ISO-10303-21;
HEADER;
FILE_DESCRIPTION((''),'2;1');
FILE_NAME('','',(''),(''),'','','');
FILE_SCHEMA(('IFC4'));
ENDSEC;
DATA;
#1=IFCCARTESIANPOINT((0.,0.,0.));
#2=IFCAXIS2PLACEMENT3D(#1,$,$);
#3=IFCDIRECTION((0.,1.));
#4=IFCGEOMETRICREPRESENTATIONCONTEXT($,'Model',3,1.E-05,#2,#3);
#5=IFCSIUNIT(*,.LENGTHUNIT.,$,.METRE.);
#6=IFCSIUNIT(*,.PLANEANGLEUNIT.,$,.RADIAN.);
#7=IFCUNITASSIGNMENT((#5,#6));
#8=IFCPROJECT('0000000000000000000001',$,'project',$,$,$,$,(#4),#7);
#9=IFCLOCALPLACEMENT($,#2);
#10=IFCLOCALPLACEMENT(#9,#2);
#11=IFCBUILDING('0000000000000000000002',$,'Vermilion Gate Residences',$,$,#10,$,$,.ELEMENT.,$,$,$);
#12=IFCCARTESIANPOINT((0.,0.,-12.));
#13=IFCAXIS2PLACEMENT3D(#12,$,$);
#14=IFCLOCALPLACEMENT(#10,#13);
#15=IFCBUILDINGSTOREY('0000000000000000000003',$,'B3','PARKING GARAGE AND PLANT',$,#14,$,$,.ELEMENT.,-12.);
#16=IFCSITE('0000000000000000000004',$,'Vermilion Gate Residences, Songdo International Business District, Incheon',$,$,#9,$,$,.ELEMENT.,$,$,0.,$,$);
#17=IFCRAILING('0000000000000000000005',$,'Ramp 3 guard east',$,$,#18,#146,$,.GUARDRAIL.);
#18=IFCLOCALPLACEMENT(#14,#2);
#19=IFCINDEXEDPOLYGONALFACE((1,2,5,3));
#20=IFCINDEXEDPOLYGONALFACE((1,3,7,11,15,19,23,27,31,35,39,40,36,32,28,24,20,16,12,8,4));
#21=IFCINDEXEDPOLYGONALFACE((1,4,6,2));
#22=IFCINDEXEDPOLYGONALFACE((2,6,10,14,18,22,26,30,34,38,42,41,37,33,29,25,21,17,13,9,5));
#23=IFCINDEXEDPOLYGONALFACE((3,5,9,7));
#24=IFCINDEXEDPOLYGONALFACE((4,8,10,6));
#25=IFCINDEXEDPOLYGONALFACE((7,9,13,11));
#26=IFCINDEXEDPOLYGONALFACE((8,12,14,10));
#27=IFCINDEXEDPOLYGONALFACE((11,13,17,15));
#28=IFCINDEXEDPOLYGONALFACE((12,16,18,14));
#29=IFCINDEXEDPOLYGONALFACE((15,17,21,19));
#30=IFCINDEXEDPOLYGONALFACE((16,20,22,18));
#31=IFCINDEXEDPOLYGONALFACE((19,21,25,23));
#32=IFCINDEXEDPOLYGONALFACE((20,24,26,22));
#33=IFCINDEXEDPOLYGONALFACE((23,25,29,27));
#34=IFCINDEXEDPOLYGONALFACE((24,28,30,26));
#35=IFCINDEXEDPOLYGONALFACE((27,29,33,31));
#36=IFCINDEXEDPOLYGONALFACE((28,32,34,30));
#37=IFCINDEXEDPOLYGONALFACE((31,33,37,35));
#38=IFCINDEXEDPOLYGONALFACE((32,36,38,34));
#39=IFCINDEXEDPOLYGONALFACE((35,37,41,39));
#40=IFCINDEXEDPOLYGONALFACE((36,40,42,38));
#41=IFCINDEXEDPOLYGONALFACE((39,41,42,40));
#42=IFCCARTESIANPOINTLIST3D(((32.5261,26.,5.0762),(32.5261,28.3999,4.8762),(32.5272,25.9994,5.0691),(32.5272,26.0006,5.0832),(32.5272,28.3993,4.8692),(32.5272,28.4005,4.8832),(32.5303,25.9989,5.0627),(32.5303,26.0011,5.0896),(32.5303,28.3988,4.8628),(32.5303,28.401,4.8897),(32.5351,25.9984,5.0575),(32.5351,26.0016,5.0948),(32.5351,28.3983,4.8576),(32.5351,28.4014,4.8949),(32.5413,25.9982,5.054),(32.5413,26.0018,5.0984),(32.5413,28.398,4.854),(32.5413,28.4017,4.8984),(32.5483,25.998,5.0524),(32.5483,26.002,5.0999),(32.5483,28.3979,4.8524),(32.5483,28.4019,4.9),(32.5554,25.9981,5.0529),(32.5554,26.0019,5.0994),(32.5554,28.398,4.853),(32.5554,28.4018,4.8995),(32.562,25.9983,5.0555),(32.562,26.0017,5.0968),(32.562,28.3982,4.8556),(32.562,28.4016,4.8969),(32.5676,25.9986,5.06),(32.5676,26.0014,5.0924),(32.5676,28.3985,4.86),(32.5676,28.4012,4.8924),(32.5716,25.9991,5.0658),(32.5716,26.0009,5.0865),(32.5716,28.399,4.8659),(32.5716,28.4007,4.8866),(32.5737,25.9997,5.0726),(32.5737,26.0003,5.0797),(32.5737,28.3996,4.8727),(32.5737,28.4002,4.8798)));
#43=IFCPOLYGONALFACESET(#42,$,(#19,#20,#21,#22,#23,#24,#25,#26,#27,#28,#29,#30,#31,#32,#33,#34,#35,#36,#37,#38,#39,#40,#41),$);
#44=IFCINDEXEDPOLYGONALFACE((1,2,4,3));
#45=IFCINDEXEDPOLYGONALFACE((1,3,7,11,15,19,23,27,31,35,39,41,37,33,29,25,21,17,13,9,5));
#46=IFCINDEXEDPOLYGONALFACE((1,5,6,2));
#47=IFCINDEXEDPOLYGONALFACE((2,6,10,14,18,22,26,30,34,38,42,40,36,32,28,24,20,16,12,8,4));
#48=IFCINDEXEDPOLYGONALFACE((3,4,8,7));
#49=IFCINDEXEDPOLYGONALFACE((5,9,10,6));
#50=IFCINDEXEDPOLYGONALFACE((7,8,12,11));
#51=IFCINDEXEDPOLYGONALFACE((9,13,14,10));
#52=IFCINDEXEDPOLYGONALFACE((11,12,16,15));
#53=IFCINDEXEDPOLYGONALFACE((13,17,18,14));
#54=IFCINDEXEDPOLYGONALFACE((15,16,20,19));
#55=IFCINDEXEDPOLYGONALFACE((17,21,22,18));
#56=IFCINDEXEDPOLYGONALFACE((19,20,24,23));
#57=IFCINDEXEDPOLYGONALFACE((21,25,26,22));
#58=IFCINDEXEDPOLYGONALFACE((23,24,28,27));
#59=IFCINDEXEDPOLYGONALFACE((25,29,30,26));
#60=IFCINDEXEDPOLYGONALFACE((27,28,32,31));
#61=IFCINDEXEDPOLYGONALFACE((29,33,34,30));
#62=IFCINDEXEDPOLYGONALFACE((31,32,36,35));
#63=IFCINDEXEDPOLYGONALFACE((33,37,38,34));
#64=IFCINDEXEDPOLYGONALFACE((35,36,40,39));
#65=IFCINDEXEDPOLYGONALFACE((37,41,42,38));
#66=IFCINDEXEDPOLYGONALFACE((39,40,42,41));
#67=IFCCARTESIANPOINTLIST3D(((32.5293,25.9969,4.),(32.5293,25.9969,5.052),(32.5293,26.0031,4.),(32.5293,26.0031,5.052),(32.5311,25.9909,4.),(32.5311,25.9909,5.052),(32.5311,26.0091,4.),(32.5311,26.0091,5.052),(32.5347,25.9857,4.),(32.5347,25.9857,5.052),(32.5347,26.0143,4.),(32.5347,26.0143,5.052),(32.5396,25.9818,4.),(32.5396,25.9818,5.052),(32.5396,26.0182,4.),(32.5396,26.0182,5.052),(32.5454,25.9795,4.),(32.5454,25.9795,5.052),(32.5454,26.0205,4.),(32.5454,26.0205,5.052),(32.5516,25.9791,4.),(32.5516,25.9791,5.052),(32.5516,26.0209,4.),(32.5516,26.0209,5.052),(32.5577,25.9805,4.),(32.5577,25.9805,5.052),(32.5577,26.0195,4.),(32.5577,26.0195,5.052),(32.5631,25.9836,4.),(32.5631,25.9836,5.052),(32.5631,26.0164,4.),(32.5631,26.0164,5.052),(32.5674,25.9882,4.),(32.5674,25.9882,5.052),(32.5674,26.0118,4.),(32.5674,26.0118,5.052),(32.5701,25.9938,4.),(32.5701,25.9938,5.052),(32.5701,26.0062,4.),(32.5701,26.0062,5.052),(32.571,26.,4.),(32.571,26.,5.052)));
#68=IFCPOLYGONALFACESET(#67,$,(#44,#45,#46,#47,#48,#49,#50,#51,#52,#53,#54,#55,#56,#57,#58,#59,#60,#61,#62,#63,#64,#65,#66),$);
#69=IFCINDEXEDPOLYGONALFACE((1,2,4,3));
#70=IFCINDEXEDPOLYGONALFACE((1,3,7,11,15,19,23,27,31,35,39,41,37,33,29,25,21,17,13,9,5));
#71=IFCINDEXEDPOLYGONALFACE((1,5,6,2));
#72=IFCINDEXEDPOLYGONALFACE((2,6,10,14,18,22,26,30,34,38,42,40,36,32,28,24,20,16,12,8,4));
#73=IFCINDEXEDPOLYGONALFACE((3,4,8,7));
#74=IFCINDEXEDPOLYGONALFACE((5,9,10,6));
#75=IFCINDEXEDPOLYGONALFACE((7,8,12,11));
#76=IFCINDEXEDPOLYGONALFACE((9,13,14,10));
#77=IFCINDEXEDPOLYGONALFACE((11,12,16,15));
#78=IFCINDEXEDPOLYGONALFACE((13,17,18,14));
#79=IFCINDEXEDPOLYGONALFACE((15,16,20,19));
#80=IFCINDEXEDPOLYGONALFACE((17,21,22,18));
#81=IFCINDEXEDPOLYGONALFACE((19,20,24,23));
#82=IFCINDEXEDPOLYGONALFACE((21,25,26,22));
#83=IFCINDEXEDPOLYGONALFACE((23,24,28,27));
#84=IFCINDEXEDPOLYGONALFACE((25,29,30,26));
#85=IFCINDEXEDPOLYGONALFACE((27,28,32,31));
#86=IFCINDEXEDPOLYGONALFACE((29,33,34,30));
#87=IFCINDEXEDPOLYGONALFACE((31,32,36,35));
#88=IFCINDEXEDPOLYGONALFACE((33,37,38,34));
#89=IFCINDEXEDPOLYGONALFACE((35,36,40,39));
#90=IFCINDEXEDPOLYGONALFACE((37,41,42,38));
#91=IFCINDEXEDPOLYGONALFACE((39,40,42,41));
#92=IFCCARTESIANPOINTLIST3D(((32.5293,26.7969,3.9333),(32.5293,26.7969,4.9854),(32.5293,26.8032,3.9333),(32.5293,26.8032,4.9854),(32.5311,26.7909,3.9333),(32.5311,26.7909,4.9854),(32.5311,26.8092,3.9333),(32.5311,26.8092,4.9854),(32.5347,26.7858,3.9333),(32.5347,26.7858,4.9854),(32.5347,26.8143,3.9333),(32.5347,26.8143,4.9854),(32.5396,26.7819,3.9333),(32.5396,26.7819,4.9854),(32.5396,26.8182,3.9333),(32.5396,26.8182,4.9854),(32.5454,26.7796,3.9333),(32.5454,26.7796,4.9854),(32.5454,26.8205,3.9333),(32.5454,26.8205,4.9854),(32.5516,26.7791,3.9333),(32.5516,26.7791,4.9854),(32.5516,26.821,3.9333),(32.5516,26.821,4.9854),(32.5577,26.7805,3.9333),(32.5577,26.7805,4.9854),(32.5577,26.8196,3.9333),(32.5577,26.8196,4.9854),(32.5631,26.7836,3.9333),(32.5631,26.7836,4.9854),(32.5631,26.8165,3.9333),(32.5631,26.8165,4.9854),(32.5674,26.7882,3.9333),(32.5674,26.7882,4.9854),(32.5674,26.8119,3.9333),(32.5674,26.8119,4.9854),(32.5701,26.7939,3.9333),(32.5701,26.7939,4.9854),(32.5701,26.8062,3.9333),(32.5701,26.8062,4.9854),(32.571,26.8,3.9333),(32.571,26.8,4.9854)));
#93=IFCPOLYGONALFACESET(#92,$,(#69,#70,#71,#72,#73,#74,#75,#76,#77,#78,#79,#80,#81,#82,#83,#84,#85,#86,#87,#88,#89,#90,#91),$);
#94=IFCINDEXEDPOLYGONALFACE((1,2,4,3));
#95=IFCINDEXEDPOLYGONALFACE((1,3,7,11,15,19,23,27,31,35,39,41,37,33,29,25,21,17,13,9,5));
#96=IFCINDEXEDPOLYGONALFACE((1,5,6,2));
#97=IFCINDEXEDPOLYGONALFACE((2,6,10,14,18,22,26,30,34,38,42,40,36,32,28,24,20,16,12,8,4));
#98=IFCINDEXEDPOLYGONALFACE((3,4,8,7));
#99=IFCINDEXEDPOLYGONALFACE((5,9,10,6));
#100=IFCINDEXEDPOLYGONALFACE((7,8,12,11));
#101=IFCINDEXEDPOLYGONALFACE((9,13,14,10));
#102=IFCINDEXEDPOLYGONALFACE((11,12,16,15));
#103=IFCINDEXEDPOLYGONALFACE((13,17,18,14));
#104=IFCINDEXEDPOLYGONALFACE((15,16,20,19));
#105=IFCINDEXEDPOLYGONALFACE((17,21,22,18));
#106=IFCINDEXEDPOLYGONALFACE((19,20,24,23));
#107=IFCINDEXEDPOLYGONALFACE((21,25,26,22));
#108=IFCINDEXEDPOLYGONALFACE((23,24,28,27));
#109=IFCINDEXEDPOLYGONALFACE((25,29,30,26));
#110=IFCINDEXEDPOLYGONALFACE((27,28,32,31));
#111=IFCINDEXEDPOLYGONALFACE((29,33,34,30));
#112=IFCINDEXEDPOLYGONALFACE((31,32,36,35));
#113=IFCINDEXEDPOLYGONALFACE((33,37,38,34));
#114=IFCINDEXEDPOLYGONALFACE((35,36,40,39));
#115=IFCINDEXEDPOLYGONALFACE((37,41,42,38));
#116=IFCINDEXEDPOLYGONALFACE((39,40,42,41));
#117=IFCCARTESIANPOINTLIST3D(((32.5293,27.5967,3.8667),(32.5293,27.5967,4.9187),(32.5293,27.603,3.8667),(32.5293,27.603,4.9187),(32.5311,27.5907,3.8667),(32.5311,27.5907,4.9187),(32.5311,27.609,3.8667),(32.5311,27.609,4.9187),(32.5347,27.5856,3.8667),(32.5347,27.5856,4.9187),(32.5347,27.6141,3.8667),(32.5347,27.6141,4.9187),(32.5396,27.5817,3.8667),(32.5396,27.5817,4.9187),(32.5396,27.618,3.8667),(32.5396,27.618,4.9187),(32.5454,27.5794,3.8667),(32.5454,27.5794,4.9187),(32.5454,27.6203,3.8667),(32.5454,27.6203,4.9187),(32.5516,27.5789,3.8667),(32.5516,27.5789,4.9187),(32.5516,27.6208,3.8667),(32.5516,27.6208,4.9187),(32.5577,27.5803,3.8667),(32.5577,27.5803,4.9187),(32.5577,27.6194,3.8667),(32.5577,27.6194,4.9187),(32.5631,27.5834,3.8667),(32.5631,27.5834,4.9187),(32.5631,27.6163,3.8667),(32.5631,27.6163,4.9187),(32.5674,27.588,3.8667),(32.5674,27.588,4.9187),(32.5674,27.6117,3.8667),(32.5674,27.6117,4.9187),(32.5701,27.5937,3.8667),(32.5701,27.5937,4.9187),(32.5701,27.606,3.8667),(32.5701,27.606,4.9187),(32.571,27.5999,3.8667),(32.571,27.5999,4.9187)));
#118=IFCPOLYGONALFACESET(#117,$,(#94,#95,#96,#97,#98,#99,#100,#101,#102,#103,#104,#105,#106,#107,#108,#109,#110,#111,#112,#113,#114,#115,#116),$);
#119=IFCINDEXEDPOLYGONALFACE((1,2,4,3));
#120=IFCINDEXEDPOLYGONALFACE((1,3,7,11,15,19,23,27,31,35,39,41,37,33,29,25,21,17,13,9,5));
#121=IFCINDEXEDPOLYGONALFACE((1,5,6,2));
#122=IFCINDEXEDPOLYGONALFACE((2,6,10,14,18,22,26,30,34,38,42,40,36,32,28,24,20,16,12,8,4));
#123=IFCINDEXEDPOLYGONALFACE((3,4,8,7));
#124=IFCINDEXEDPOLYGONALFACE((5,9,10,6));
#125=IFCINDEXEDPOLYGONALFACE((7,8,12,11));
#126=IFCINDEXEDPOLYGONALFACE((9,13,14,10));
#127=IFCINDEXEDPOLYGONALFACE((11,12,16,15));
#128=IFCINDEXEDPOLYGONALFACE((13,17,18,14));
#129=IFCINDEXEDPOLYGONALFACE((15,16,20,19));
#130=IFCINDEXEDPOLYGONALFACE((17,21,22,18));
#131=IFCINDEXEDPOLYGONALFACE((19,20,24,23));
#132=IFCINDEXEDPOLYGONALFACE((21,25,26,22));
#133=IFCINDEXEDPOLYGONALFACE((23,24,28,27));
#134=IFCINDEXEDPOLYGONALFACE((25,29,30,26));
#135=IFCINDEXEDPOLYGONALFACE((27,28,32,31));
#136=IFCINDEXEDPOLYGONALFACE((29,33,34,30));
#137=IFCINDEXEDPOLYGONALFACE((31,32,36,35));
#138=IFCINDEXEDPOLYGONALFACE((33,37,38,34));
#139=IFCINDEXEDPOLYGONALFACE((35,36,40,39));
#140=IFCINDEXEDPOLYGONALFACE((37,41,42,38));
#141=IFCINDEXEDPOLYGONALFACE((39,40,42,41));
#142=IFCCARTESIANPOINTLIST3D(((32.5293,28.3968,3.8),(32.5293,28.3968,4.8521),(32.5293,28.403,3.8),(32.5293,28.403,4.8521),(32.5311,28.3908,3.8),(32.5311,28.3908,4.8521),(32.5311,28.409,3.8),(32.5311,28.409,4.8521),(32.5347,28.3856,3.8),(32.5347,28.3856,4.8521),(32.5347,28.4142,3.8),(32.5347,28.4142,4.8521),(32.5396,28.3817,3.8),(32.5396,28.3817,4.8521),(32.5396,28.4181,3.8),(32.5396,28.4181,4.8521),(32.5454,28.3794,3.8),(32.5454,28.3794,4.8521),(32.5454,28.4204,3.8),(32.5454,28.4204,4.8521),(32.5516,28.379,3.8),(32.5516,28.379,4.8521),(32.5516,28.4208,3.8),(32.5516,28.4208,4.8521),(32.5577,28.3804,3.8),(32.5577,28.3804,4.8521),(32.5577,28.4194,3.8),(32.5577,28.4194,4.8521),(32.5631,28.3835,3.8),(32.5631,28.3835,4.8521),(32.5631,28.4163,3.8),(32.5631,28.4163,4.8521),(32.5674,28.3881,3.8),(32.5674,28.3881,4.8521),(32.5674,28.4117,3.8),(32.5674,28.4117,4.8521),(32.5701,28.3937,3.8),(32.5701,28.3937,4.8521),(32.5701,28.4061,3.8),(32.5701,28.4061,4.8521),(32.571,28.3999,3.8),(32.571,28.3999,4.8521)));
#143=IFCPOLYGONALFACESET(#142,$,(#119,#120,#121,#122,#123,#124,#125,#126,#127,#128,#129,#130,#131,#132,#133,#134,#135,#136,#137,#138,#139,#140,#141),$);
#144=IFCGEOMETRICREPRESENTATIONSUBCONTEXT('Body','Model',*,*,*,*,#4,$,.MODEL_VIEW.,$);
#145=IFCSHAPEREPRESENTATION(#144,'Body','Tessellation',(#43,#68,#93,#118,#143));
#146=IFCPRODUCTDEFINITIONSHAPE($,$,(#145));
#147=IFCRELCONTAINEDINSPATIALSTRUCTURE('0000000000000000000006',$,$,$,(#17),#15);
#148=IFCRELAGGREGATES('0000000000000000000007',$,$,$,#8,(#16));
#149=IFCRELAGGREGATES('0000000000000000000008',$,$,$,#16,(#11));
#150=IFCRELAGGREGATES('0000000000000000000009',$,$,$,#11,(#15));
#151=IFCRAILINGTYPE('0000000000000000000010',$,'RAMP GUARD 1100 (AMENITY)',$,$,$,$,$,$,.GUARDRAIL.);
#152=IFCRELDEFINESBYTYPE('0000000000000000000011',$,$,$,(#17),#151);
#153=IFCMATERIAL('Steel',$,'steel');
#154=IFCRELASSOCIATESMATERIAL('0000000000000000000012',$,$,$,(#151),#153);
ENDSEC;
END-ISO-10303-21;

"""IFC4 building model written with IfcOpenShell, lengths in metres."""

from ifc_helpers import new_model, si_unit, direction, frame, origin, origin_2d, place, context, subcontext, project, spatial, circle, extrude, material, type_object, element, save


model = new_model("IFC4")

# Units and contexts
model_context = context("Model", 3, precision=1e-05, world=origin(), true_north=direction((0.0, 1.0)))
body_context = subcontext(model_context, "Body", "Model", "MODEL_VIEW")
ifc_project = project(units=[si_unit("LENGTHUNIT", "METRE"), si_unit("PLANEANGLEUNIT", "RADIAN")], contexts=[model_context])

# Site, building, storey
site_placement = place(None, origin())
site = spatial("IfcSite", under=ifc_project, at=site_placement, Name="Vermilion Gate Residences, Songdo International Business District, Incheon", CompositionType="ELEMENT", RefElevation=0.0)
building_placement = place(site_placement, origin())
building = spatial("IfcBuilding", under=site, at=building_placement, Name="Vermilion Gate Residences", CompositionType="ELEMENT")
storey_placement = place(building_placement, frame((0.0, 0.0, -12.0)))
storey = spatial("IfcBuildingStorey", under=building, at=storey_placement, Name="B3", Description="PARKING GARAGE AND PLANT", CompositionType="ELEMENT", Elevation=-12.0)

# Railing
ifc_material_1 = material(Name="Steel", Category="steel")
railing_type = type_object("IfcRailingType", Name="RAMP GUARD 1100 (AMENITY)", PredefinedType="GUARDRAIL", material=ifc_material_1)
for number, where, name in (
    (1, (32.55, 26.0, 4.0), "Ramp 3 guard east"),
):
    element("IfcRailing", number, at=place(storey_placement, frame(where)), inside=storey, type_object=railing_type, Name=name, PredefinedType="GUARDRAIL", context=body_context, shape_type="SweptSolid", body=[
        extrude(circle(Radius=0.0239, at=origin_2d()), frame((0.0, 0.0, 1.0762), z_axis=(0.0, 0.996547, -0.083029), x_axis=(-1.0, 0.0, 0.0)), (0.0, 0.0, 1.0), 2.4082),
        extrude(circle(Radius=0.021, at=origin_2d()), origin(), (0.0, 0.0, 1.0), 1.052),
        extrude(circle(Radius=0.021, at=origin_2d()), frame((0.0, 0.8, -0.0667)), (0.0, 0.0, 1.0), 1.052),
        extrude(circle(Radius=0.021, at=origin_2d()), frame((0.0, 1.5999, -0.1333)), (0.0, 0.0, 1.0), 1.052),
        extrude(circle(Radius=0.021, at=origin_2d()), frame((0.0, 2.3999, -0.2)), (0.0, 0.0, 1.0), 1.052),
    ])

save(model, "model.ifc")
